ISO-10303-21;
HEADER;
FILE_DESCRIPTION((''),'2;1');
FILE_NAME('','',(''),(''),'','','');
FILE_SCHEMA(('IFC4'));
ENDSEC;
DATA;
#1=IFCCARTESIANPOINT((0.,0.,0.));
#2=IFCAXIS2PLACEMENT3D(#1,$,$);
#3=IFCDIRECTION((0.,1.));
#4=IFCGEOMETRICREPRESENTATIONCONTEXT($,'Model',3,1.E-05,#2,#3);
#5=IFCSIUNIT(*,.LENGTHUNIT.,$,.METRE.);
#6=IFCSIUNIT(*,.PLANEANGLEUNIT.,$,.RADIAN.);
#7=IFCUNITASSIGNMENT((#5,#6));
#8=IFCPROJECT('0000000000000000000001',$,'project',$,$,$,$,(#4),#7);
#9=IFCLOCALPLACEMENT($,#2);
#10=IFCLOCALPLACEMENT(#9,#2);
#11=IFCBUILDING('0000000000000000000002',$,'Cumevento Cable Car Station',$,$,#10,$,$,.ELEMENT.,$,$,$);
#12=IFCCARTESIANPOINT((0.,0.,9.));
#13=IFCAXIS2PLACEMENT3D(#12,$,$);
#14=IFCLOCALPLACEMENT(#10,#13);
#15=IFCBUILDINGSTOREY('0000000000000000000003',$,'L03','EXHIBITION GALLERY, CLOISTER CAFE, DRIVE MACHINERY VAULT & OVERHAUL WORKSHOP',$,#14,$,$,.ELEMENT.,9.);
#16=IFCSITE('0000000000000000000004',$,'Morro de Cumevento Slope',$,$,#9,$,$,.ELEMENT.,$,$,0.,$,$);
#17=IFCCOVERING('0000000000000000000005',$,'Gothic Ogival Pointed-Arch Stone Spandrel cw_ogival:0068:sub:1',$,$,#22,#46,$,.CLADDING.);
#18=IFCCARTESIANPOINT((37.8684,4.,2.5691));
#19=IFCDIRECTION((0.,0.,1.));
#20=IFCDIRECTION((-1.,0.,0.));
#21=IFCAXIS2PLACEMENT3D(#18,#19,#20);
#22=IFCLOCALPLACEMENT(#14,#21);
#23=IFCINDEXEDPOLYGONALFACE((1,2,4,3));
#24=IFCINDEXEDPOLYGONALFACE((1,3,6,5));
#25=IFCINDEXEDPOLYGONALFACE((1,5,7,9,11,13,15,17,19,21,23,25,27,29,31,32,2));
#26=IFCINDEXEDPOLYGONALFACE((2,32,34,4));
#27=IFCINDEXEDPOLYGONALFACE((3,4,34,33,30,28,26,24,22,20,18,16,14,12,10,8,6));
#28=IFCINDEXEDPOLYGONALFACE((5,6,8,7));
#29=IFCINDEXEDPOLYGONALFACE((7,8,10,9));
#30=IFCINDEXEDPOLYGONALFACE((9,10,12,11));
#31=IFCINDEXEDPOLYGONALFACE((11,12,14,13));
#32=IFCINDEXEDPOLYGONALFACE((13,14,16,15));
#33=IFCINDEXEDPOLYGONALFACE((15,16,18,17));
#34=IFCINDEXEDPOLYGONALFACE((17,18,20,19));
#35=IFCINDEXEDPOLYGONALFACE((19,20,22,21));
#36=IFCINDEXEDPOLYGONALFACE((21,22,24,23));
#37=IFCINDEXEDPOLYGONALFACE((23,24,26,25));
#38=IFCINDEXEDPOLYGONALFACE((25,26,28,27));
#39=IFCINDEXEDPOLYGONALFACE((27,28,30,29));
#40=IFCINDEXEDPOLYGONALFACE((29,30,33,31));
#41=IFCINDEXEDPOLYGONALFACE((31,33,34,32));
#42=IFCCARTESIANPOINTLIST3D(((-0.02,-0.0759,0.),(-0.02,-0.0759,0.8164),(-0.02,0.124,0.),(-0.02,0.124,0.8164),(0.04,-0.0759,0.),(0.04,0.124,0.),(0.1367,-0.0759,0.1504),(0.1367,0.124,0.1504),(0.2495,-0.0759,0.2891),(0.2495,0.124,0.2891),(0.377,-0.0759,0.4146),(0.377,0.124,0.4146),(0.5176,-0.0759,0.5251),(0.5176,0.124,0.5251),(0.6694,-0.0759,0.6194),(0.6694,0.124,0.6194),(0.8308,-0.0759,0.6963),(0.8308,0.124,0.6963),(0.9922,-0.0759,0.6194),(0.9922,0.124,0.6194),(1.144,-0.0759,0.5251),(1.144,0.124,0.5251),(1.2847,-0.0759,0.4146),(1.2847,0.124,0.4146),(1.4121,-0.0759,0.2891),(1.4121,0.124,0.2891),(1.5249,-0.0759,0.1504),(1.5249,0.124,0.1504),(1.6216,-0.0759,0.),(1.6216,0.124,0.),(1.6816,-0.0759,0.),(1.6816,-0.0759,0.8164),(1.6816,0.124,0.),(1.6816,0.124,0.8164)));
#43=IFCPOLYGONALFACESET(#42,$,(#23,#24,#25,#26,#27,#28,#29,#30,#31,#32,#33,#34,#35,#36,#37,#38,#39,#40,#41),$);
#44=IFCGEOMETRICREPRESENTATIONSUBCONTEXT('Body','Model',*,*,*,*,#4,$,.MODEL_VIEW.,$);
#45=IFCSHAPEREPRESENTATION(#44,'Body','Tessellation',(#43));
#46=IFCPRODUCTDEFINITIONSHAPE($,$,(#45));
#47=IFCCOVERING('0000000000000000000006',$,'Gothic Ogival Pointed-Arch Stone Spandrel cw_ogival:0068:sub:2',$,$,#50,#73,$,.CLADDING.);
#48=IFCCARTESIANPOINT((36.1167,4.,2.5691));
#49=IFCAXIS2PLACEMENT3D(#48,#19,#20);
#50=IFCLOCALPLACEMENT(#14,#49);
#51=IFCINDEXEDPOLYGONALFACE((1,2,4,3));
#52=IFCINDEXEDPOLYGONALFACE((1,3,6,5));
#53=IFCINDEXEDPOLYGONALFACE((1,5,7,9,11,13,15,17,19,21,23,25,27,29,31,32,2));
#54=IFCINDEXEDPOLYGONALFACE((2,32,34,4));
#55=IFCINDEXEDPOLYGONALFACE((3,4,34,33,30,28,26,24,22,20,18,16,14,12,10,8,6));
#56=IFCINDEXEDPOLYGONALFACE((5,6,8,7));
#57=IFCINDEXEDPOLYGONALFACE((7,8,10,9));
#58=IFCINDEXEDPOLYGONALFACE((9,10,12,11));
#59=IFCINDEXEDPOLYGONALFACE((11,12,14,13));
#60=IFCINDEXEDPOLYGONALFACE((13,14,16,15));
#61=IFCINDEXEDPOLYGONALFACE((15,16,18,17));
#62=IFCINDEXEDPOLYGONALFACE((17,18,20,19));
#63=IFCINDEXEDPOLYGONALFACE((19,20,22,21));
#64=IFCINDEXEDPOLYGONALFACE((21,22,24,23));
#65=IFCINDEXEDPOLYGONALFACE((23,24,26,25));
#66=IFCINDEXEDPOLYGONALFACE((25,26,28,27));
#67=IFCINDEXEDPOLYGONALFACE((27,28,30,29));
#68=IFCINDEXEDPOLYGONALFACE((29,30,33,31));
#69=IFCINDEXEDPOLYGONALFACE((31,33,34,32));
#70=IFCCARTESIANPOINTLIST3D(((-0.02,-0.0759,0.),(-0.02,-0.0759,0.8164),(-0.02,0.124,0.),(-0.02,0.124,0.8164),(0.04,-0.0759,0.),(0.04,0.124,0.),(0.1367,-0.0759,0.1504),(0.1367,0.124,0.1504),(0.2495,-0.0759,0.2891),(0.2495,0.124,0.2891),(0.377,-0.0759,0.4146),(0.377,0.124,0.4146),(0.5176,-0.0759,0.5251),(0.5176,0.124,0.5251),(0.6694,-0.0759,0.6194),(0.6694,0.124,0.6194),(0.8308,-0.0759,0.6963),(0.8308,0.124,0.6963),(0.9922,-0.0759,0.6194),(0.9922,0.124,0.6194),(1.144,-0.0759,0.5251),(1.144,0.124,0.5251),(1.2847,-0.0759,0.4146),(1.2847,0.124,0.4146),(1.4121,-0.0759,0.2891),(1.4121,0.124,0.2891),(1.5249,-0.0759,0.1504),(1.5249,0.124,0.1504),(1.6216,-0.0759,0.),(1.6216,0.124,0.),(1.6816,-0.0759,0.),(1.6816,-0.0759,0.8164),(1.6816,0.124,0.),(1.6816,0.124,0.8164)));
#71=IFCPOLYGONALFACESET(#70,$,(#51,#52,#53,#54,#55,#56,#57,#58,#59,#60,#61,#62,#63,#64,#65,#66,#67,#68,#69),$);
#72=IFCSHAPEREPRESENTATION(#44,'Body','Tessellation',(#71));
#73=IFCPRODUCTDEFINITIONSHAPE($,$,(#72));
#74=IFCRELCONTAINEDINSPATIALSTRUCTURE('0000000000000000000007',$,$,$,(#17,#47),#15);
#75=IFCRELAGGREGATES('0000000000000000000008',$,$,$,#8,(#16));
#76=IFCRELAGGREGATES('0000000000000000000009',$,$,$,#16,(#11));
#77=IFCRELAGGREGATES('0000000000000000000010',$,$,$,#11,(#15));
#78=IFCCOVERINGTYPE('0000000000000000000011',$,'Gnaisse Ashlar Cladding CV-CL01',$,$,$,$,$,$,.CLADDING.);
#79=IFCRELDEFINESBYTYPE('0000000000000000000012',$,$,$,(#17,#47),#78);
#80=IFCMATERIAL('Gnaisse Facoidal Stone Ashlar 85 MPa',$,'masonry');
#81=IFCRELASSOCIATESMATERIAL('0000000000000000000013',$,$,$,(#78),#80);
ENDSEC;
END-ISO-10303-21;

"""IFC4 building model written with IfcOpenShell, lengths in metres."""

from ifc_helpers import new_model, si_unit, direction, frame, origin, place, context, subcontext, project, spatial, polyline, outline, extrude, material, type_object, element, save


model = new_model("IFC4")

# Units and contexts
model_context = context("Model", 3, precision=1e-05, world=origin(), true_north=direction((0.0, 1.0)))
body_context = subcontext(model_context, "Body", "Model", "MODEL_VIEW")
ifc_project = project(units=[si_unit("LENGTHUNIT", "METRE"), si_unit("PLANEANGLEUNIT", "RADIAN")], contexts=[model_context])

# Site, building, storey
site_placement = place(None, origin())
site = spatial("IfcSite", under=ifc_project, at=site_placement, Name="Morro de Cumevento Slope", CompositionType="ELEMENT", RefElevation=0.0)
building_placement = place(site_placement, origin())
building = spatial("IfcBuilding", under=site, at=building_placement, Name="Cumevento Cable Car Station", CompositionType="ELEMENT")
storey_placement = place(building_placement, frame((0.0, 0.0, 9.0)))
storey = spatial("IfcBuildingStorey", under=building, at=storey_placement, Name="L03", Description="EXHIBITION GALLERY, CLOISTER CAFE, DRIVE MACHINERY VAULT & OVERHAUL WORKSHOP", CompositionType="ELEMENT", Elevation=9.0)

# Coverings
ifc_material_1 = material(Name="Gnaisse Facoidal Stone Ashlar 85 MPa", Category="masonry")
covering_type = type_object("IfcCoveringType", Name="Gnaisse Ashlar Cladding CV-CL01", PredefinedType="CLADDING", material=ifc_material_1)
for number, where, z_axis, x_axis, name in (
    (1, (37.8684, 4.0, 2.5691), (0.0, 0.0, 1.0), (-1.0, 0.0, 0.0), "Gothic Ogival Pointed-Arch Stone Spandrel cw_ogival:0068:sub:1"),
    (2, (36.1167, 4.0, 2.5691), (0.0, 0.0, 1.0), (-1.0, 0.0, 0.0), "Gothic Ogival Pointed-Arch Stone Spandrel cw_ogival:0068:sub:2"),
):
    element("IfcCovering", number, at=place(storey_placement, frame(where, z_axis=z_axis, x_axis=x_axis)), inside=storey, type_object=covering_type, Name=name, PredefinedType="CLADDING", context=body_context, shape_type="SweptSolid", body=[
        extrude(outline(polyline([(-0.02, 0.0), (-0.02, 0.8164), (1.6816, 0.8164), (1.6816, 0.0), (1.6216, 0.0), (1.5249, 0.1504), (1.4121, 0.2891), (1.2847, 0.4146), (1.144, 0.5251), (0.9922, 0.6194), (0.8308, 0.6963), (0.6694, 0.6194), (0.5176, 0.5251), (0.377, 0.4146), (0.2495, 0.2891), (0.1367, 0.1504), (0.04, 0.0), (-0.02, 0.0)])), frame((0.0, 0.124, 0.0), z_axis=(0.0, -1.0, 0.0), x_axis=(1.0, 0.0, 0.0)), (0.0, 0.0, 1.0), 0.2),
    ])

save(model, "model.ifc")
